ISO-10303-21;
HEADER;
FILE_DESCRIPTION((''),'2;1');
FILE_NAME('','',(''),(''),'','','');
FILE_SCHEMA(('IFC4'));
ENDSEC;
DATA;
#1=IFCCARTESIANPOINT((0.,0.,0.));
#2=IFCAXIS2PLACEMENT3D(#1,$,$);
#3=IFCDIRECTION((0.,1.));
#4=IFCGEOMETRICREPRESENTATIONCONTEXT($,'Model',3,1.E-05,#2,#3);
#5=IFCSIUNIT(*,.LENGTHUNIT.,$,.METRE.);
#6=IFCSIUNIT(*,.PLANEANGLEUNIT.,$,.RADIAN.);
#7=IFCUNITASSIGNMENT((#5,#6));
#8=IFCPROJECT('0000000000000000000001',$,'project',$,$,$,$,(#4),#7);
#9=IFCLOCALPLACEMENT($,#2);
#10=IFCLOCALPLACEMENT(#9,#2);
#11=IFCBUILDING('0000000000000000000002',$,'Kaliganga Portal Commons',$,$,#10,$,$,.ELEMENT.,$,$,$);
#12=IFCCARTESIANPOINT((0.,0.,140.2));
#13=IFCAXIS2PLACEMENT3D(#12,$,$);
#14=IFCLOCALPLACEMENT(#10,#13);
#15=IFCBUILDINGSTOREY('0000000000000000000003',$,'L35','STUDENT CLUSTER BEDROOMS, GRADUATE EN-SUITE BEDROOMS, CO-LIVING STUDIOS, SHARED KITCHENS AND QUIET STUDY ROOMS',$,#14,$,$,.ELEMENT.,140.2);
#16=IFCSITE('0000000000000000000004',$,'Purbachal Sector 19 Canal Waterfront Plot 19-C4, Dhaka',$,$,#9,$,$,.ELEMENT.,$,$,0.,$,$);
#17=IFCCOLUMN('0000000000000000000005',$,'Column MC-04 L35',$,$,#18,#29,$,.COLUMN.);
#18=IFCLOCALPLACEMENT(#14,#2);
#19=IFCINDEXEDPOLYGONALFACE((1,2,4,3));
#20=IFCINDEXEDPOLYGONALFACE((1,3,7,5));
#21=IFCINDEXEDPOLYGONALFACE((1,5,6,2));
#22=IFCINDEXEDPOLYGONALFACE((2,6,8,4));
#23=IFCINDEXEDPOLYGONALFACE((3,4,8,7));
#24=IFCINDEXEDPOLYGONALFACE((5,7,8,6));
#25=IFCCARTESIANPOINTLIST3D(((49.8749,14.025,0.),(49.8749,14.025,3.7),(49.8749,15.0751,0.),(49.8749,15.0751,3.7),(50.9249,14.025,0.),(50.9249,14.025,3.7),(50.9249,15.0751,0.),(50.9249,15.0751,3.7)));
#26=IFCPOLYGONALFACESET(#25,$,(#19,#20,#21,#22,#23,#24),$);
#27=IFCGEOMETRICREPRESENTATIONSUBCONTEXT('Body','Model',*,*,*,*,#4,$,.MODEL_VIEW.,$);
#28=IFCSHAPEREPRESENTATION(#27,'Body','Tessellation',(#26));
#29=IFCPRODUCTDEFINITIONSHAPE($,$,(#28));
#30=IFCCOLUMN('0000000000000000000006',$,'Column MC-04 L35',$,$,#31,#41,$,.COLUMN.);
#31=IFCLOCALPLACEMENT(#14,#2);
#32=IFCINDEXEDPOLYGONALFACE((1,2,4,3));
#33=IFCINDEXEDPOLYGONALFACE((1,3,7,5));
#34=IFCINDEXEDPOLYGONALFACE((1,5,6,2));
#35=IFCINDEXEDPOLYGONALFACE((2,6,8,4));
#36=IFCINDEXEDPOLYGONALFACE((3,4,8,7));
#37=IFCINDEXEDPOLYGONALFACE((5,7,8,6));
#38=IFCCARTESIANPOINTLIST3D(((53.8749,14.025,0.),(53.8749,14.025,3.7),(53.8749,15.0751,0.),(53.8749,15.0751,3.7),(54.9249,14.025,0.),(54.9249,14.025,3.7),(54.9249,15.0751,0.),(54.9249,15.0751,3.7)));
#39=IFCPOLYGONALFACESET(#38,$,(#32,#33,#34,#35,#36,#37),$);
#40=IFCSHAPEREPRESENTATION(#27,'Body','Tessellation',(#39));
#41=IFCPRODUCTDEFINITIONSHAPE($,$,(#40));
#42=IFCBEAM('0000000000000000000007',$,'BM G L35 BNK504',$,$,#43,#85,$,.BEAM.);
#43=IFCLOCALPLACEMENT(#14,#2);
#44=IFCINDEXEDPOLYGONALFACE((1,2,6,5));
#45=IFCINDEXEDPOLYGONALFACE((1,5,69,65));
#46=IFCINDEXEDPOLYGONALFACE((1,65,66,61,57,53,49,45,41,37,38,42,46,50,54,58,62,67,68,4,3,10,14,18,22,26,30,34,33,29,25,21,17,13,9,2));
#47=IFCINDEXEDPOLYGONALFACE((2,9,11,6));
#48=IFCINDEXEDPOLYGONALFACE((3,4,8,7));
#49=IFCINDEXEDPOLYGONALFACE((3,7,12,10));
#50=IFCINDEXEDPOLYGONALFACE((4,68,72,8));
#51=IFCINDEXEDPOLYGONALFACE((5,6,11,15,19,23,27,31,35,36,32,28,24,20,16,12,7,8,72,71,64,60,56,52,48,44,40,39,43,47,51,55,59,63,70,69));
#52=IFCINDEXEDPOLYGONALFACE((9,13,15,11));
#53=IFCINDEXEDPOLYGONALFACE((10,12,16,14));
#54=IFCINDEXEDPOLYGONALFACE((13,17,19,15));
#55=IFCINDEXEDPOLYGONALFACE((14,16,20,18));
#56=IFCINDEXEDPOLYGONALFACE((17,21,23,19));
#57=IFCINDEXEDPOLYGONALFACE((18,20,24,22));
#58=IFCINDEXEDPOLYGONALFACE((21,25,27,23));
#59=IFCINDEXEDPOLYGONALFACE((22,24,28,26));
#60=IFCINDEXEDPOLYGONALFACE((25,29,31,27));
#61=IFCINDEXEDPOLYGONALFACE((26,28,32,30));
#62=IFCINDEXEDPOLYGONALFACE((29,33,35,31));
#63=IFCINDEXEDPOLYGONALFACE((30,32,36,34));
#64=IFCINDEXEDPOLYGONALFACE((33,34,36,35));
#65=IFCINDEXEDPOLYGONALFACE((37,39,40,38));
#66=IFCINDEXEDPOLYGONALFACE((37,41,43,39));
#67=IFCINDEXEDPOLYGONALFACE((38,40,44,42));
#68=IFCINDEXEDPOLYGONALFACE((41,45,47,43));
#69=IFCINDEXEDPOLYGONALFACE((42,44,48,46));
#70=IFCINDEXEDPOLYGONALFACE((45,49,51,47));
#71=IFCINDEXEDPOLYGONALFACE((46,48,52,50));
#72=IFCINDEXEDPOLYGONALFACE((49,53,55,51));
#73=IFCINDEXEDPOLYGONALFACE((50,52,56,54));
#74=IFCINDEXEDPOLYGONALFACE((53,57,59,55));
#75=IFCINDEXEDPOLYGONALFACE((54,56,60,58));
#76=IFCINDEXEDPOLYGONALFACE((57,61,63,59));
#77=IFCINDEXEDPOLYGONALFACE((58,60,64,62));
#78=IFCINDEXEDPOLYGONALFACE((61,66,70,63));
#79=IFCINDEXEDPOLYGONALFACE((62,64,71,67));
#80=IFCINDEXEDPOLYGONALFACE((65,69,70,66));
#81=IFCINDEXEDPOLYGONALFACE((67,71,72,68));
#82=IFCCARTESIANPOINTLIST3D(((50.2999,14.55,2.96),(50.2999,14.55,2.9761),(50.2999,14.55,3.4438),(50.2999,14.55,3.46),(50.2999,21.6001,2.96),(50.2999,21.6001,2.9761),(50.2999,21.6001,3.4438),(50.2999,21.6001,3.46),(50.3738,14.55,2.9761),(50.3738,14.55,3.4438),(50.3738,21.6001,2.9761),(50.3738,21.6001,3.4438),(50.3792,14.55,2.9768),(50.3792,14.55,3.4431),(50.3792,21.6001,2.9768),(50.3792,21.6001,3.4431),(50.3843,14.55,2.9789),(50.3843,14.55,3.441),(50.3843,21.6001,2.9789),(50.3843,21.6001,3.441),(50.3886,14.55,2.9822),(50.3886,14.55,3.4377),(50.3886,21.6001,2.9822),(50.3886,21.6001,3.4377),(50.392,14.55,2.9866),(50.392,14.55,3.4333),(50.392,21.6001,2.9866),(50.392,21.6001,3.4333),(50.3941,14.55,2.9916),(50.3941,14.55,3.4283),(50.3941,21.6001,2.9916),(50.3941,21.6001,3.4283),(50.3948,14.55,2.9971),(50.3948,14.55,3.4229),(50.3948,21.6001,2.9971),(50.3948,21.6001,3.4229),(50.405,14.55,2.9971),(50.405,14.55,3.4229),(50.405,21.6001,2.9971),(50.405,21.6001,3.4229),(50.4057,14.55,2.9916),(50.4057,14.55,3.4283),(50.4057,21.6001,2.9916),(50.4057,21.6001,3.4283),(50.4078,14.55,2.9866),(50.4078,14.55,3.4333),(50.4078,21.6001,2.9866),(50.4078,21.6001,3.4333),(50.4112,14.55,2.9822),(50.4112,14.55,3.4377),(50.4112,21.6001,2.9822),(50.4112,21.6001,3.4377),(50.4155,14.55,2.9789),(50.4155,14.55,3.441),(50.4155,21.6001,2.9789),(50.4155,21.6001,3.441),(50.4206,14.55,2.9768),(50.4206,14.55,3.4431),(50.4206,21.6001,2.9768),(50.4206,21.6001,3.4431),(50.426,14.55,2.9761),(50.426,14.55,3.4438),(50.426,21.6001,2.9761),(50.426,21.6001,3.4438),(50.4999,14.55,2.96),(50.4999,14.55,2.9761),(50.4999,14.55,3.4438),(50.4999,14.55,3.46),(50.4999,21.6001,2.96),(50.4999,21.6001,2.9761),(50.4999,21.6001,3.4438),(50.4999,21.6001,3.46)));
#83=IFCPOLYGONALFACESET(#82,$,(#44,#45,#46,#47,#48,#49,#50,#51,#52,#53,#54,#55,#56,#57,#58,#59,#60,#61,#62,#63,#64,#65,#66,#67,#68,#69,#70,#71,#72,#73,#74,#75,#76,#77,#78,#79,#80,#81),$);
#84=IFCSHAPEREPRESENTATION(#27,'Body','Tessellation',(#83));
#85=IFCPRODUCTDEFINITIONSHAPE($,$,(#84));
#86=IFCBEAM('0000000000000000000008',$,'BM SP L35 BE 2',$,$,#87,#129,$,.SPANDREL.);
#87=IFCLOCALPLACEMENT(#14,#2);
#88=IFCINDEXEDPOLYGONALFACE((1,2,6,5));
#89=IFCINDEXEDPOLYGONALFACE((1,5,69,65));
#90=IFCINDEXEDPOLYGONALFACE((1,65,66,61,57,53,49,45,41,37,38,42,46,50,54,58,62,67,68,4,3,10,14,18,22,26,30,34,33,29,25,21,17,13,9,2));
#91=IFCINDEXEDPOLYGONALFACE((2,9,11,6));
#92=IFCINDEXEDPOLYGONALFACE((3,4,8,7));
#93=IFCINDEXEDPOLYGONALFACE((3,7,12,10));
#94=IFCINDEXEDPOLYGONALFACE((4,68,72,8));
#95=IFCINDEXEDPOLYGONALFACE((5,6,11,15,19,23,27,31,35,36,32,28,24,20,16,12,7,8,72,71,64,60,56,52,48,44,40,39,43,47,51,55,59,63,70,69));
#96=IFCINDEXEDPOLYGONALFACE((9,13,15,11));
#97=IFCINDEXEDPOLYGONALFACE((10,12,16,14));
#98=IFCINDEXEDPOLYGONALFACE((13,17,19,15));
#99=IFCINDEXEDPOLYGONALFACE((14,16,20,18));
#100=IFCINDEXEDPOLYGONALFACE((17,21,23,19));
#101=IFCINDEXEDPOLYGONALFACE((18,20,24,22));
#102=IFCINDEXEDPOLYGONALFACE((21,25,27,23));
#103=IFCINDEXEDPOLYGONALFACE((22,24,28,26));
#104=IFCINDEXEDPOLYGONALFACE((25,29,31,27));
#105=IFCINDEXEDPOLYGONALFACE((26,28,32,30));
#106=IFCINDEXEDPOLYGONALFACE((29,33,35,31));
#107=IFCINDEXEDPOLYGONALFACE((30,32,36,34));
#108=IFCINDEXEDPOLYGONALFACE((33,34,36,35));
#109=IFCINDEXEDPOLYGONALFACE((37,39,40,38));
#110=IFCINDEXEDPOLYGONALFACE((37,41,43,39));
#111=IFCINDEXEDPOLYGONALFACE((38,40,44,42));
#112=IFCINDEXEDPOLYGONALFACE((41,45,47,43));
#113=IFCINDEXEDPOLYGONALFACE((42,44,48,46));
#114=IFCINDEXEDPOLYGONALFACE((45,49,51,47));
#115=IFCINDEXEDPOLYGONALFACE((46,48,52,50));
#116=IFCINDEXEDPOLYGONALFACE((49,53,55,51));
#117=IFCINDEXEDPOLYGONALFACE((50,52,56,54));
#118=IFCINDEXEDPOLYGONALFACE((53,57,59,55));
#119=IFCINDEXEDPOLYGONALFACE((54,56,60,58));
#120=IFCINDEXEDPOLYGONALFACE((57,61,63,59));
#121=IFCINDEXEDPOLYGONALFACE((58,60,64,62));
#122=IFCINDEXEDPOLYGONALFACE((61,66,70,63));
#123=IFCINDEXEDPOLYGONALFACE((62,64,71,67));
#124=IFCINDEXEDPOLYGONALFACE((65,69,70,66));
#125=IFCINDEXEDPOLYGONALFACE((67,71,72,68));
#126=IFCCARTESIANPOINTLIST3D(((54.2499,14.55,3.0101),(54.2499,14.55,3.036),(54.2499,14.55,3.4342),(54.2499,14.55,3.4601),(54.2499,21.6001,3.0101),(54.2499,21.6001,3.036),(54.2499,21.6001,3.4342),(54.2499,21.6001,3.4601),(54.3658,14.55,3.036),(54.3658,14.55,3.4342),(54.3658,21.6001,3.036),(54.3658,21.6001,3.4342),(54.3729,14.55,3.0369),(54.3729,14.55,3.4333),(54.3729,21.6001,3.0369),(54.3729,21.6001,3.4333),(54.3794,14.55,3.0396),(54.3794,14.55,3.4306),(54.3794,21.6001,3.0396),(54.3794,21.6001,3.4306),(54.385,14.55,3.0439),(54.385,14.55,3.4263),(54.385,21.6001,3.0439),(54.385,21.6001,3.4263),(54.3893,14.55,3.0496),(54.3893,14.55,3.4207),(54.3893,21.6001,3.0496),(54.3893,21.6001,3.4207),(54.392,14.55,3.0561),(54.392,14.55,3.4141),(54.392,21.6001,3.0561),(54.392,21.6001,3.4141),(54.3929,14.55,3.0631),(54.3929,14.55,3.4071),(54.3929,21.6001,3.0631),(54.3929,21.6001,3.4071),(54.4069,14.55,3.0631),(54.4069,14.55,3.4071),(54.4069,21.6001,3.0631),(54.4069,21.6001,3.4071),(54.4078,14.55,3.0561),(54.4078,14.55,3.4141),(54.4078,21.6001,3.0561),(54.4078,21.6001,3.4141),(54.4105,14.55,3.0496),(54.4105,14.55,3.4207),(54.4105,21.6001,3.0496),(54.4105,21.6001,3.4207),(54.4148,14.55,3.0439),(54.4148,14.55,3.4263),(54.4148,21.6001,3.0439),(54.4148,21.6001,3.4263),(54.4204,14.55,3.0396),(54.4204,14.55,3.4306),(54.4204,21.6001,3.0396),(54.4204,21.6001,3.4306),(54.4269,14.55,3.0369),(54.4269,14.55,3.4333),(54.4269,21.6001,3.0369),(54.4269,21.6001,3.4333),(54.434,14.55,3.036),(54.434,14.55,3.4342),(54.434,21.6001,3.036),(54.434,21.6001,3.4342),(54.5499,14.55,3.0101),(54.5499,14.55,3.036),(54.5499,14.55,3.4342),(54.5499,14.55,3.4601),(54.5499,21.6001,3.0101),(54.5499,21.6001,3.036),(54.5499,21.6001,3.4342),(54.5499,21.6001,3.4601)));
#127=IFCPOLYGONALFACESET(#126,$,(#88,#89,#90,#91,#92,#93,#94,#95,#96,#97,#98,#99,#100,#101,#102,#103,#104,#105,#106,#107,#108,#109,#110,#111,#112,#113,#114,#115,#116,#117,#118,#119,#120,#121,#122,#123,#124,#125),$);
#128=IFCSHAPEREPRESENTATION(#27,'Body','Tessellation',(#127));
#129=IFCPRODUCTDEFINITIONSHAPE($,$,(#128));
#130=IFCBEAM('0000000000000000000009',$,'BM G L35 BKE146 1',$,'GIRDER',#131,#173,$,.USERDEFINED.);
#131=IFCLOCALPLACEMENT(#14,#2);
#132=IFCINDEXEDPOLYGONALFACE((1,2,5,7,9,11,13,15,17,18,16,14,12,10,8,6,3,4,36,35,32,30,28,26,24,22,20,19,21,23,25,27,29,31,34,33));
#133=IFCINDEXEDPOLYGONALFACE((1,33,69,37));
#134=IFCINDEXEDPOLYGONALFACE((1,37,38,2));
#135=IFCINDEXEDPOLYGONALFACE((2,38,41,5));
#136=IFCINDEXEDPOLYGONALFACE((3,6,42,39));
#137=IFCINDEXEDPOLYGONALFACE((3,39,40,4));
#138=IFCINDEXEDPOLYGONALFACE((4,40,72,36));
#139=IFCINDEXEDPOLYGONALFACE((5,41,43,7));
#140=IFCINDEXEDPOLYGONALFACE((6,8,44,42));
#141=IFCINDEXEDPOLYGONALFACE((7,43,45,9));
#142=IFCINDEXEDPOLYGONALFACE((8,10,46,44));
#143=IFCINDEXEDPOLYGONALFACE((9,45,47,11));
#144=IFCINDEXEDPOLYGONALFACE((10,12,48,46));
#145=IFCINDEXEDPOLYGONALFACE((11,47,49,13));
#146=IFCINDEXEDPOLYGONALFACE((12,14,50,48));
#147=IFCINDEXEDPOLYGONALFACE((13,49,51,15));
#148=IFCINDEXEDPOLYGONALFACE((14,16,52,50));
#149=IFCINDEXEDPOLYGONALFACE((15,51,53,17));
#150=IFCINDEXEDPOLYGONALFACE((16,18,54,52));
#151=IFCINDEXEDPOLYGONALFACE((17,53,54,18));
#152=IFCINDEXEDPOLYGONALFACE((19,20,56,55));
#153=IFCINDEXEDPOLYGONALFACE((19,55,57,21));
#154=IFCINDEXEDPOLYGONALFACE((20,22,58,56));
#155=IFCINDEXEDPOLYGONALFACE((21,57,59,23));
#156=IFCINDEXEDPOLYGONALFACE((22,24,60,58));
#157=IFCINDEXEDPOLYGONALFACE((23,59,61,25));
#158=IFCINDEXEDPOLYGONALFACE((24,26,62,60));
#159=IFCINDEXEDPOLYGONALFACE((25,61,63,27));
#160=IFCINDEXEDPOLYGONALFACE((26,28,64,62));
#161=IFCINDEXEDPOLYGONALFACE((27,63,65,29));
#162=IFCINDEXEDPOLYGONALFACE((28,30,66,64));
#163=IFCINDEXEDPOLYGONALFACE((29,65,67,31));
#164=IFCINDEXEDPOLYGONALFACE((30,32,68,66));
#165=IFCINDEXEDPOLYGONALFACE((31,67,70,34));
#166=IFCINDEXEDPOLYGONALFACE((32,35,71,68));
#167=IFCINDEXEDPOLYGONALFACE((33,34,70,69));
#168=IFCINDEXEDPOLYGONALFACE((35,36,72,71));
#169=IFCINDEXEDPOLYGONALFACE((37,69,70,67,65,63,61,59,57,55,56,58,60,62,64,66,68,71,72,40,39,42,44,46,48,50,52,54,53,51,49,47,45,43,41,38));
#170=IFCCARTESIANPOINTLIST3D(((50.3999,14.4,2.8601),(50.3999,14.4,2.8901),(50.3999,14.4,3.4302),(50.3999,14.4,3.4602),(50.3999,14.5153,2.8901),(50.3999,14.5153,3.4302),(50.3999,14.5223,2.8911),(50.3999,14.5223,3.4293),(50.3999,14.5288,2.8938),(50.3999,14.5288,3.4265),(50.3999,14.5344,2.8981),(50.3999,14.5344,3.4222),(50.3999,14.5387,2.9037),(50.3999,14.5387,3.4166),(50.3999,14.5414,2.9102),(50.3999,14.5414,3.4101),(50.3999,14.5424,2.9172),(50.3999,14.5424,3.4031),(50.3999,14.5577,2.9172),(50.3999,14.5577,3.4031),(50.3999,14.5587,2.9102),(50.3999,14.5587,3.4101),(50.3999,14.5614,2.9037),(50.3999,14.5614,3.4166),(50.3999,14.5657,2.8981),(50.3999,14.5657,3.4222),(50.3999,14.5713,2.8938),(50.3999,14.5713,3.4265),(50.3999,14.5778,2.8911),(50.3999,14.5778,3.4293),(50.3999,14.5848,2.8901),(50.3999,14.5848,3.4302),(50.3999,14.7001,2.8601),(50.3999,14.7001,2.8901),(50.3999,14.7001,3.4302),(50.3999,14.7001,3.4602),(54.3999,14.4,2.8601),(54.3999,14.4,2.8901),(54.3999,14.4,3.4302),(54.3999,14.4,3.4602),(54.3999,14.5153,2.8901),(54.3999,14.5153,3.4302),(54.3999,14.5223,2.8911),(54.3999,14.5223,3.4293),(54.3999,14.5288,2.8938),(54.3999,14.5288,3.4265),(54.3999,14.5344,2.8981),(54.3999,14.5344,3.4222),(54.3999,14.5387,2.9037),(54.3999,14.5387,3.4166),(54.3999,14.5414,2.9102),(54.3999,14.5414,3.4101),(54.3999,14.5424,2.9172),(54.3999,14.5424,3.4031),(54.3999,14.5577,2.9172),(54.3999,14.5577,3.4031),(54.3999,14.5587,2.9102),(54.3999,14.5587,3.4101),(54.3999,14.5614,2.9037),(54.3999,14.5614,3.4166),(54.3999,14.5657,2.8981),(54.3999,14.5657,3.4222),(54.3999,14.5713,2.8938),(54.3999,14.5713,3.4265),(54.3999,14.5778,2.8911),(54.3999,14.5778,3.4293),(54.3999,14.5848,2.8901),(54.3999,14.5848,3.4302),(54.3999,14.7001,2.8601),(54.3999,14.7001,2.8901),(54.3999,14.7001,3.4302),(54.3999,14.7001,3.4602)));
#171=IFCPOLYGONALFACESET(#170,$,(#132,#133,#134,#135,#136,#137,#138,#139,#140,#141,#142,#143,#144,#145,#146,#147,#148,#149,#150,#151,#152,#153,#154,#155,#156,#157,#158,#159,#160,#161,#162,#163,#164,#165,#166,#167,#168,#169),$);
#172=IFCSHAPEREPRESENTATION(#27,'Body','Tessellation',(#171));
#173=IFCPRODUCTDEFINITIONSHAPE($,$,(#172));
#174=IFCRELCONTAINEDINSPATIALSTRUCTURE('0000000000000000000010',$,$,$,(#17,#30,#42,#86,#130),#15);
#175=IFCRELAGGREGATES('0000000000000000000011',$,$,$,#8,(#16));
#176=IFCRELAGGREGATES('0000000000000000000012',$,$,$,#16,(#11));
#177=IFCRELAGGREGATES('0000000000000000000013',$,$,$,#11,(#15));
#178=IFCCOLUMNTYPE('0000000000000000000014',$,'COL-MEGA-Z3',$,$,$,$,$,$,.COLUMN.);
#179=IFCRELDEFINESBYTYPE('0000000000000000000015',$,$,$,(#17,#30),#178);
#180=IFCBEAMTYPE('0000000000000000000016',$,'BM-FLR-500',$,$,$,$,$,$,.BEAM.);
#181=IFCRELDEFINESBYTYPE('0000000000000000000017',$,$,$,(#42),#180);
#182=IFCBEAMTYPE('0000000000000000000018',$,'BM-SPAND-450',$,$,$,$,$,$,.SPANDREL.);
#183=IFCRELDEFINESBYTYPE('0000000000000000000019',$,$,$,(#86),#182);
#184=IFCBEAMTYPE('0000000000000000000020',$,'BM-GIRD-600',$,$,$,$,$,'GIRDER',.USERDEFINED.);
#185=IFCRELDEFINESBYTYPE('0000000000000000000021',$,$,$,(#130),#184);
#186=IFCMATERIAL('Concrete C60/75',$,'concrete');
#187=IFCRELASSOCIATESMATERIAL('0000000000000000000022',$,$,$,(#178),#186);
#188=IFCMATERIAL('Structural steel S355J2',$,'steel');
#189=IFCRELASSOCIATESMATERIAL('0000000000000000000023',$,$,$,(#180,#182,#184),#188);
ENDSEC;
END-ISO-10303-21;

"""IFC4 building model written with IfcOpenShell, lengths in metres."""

from ifc_helpers import new_model, si_unit, direction, frame, origin, origin_2d, place, context, subcontext, project, spatial, rectangle, i_section, extrude, source, transform, mapped, material, material_profile, profile_set, type_object, element, save


model = new_model("IFC4")

# Units and contexts
model_context = context("Model", 3, precision=1e-05, world=origin(), true_north=direction((0.0, 1.0)))
body_context = subcontext(model_context, "Body", "Model", "MODEL_VIEW")
ifc_project = project(units=[si_unit("LENGTHUNIT", "METRE"), si_unit("PLANEANGLEUNIT", "RADIAN")], contexts=[model_context])

# Site, building, storey
site_placement = place(None, origin())
site = spatial("IfcSite", under=ifc_project, at=site_placement, Name="Purbachal Sector 19 Canal Waterfront Plot 19-C4, Dhaka", CompositionType="ELEMENT", RefElevation=0.0)
building_placement = place(site_placement, origin())
building = spatial("IfcBuilding", under=site, at=building_placement, Name="Kaliganga Portal Commons", CompositionType="ELEMENT")
storey_placement = place(building_placement, frame((0.0, 0.0, 140.2)))
storey = spatial("IfcBuildingStorey", under=building, at=storey_placement, Name="L35", Description="STUDENT CLUSTER BEDROOMS, GRADUATE EN-SUITE BEDROOMS, CO-LIVING STUDIOS, SHARED KITCHENS AND QUIET STUDY ROOMS", CompositionType="ELEMENT", Elevation=140.2)

# Columns
ifc_material_1 = material(Name="Concrete C60/75", Category="concrete")
ifc_material_profile_1 = material_profile(ifc_material_1, rectangle(XDim=1.05, YDim=1.05, at=origin_2d()), Name="RC 1050x1050")
ifc_profile_set_1 = profile_set([ifc_material_profile_1], Name="Concrete C60/75")
column_type = type_object("IfcColumnType", Name="COL-MEGA-Z3", PredefinedType="COLUMN", material=ifc_profile_set_1)
shared_shape_1 = source(origin(), body_context, "Body", "SweptSolid", [
    extrude(rectangle(XDim=1.05, YDim=1.05, at=origin_2d()), origin(), (0.0, 0.0, 1.0), 3.7),
])
for number, where, z_axis, x_axis, name in (
    (1, (50.3999, 14.55, 0.0), (0.0, 0.0, 1.0), (1.0, 0.0, 0.0), "Column MC-04 L35"),
    (2, (54.3999, 14.55, 0.0), (0.0, 0.0, 1.0), (1.0, 0.0, 0.0), "Column MC-04 L35"),
):
    element("IfcColumn", number, at=place(storey_placement, frame(where, z_axis=z_axis, x_axis=x_axis)), inside=storey, type_object=column_type, Name=name, PredefinedType="COLUMN", context=body_context, shape_type="MappedRepresentation", body=[
        mapped(shared_shape_1, transform((0.0, 0.0, 0.0), x_axis=(1.0, 0.0, 0.0), y_axis=(0.0, 1.0, 0.0), z_axis=(0.0, 0.0, 1.0), scale=1.0)),
    ])

# Beams
ifc_material_2 = material(Name="Structural steel S355J2", Category="steel")
ifc_material_profile_2 = material_profile(ifc_material_2, i_section(OverallWidth=0.2, OverallDepth=0.5, WebThickness=0.0103, FlangeThickness=0.0161, FilletRadius=0.021, at=origin_2d()), Name="IPE 500")
ifc_profile_set_2 = profile_set([ifc_material_profile_2], Name="Structural steel S355J2 wide-flange")
beam_type_1 = type_object("IfcBeamType", Name="BM-FLR-500", PredefinedType="BEAM", material=ifc_profile_set_2)
shared_shape_2 = source(origin(), body_context, "Body", "SweptSolid", [
    extrude(i_section(OverallWidth=0.2, OverallDepth=0.5, WebThickness=0.0103, FlangeThickness=0.0161, FilletRadius=0.021, at=origin_2d()), origin(), (0.0, 0.0, 1.0), 7.05),
])
beam_1_placement = place(storey_placement, frame((50.3999, 14.55, 3.21), z_axis=(0.0, 1.0, 0.0), x_axis=(-1.0, 0.0, 0.0)))
element("IfcBeam", 3, at=beam_1_placement, inside=storey, type_object=beam_type_1, Name="BM G L35 BNK504", PredefinedType="BEAM", context=body_context, shape_type="MappedRepresentation", body=[
    mapped(shared_shape_2, transform((0.0, 0.0, 0.0), x_axis=(1.0, 0.0, 0.0), y_axis=(0.0, 1.0, 0.0), z_axis=(0.0, 0.0, 1.0), scale=1.0)),
])
ifc_material_profile_3 = material_profile(ifc_material_2, i_section(OverallWidth=0.3, OverallDepth=0.45, WebThickness=0.0139, FlangeThickness=0.0259, FilletRadius=0.0271, at=origin_2d()), Name="HE 450 B")
ifc_profile_set_3 = profile_set([ifc_material_profile_3], Name="Structural steel S355J2 wide-flange")
beam_type_2 = type_object("IfcBeamType", Name="BM-SPAND-450", PredefinedType="SPANDREL", material=ifc_profile_set_3)
shared_shape_3 = source(origin(), body_context, "Body", "SweptSolid", [
    extrude(i_section(OverallWidth=0.3, OverallDepth=0.45, WebThickness=0.0139, FlangeThickness=0.0259, FilletRadius=0.0271, at=origin_2d()), origin(), (0.0, 0.0, 1.0), 7.05),
])
beam_2_placement = place(storey_placement, frame((54.3999, 14.55, 3.2351), z_axis=(0.0, 1.0, 0.0), x_axis=(-1.0, 0.0, 0.0)))
element("IfcBeam", 4, at=beam_2_placement, inside=storey, type_object=beam_type_2, Name="BM SP L35 BE 2", PredefinedType="SPANDREL", context=body_context, shape_type="MappedRepresentation", body=[
    mapped(shared_shape_3, transform((0.0, 0.0, 0.0), x_axis=(1.0, 0.0, 0.0), y_axis=(0.0, 1.0, 0.0), z_axis=(0.0, 0.0, 1.0), scale=1.0)),
])
ifc_material_profile_4 = material_profile(ifc_material_2, i_section(OverallWidth=0.3, OverallDepth=0.6001, WebThickness=0.0154, FlangeThickness=0.03, FilletRadius=0.0271, at=origin_2d()), Name="HE 600 B")
ifc_profile_set_4 = profile_set([ifc_material_profile_4], Name="Structural steel S355J2 wide-flange")
beam_type_3 = type_object("IfcBeamType", Name="BM-GIRD-600", ElementType="GIRDER", PredefinedType="USERDEFINED", material=ifc_profile_set_4)
shared_shape_4 = source(origin(), body_context, "Body", "SweptSolid", [
    extrude(i_section(OverallWidth=0.3, OverallDepth=0.6001, WebThickness=0.0154, FlangeThickness=0.03, FilletRadius=0.0271, at=origin_2d()), origin(), (0.0, 0.0, 1.0), 4.0),
])
beam_3_placement = place(storey_placement, frame((50.3999, 14.55, 3.1602), z_axis=(1.0, 0.0, 0.0), x_axis=(0.0, 1.0, 0.0)))
element("IfcBeam", 5, at=beam_3_placement, inside=storey, type_object=beam_type_3, Name="BM G L35 BKE146 1", ObjectType="GIRDER", PredefinedType="USERDEFINED", context=body_context, shape_type="MappedRepresentation", body=[
    mapped(shared_shape_4, transform((0.0, 0.0, 0.0), x_axis=(1.0, 0.0, 0.0), y_axis=(0.0, 1.0, 0.0), z_axis=(0.0, 0.0, 1.0), scale=1.0)),
])

save(model, "model.ifc")
